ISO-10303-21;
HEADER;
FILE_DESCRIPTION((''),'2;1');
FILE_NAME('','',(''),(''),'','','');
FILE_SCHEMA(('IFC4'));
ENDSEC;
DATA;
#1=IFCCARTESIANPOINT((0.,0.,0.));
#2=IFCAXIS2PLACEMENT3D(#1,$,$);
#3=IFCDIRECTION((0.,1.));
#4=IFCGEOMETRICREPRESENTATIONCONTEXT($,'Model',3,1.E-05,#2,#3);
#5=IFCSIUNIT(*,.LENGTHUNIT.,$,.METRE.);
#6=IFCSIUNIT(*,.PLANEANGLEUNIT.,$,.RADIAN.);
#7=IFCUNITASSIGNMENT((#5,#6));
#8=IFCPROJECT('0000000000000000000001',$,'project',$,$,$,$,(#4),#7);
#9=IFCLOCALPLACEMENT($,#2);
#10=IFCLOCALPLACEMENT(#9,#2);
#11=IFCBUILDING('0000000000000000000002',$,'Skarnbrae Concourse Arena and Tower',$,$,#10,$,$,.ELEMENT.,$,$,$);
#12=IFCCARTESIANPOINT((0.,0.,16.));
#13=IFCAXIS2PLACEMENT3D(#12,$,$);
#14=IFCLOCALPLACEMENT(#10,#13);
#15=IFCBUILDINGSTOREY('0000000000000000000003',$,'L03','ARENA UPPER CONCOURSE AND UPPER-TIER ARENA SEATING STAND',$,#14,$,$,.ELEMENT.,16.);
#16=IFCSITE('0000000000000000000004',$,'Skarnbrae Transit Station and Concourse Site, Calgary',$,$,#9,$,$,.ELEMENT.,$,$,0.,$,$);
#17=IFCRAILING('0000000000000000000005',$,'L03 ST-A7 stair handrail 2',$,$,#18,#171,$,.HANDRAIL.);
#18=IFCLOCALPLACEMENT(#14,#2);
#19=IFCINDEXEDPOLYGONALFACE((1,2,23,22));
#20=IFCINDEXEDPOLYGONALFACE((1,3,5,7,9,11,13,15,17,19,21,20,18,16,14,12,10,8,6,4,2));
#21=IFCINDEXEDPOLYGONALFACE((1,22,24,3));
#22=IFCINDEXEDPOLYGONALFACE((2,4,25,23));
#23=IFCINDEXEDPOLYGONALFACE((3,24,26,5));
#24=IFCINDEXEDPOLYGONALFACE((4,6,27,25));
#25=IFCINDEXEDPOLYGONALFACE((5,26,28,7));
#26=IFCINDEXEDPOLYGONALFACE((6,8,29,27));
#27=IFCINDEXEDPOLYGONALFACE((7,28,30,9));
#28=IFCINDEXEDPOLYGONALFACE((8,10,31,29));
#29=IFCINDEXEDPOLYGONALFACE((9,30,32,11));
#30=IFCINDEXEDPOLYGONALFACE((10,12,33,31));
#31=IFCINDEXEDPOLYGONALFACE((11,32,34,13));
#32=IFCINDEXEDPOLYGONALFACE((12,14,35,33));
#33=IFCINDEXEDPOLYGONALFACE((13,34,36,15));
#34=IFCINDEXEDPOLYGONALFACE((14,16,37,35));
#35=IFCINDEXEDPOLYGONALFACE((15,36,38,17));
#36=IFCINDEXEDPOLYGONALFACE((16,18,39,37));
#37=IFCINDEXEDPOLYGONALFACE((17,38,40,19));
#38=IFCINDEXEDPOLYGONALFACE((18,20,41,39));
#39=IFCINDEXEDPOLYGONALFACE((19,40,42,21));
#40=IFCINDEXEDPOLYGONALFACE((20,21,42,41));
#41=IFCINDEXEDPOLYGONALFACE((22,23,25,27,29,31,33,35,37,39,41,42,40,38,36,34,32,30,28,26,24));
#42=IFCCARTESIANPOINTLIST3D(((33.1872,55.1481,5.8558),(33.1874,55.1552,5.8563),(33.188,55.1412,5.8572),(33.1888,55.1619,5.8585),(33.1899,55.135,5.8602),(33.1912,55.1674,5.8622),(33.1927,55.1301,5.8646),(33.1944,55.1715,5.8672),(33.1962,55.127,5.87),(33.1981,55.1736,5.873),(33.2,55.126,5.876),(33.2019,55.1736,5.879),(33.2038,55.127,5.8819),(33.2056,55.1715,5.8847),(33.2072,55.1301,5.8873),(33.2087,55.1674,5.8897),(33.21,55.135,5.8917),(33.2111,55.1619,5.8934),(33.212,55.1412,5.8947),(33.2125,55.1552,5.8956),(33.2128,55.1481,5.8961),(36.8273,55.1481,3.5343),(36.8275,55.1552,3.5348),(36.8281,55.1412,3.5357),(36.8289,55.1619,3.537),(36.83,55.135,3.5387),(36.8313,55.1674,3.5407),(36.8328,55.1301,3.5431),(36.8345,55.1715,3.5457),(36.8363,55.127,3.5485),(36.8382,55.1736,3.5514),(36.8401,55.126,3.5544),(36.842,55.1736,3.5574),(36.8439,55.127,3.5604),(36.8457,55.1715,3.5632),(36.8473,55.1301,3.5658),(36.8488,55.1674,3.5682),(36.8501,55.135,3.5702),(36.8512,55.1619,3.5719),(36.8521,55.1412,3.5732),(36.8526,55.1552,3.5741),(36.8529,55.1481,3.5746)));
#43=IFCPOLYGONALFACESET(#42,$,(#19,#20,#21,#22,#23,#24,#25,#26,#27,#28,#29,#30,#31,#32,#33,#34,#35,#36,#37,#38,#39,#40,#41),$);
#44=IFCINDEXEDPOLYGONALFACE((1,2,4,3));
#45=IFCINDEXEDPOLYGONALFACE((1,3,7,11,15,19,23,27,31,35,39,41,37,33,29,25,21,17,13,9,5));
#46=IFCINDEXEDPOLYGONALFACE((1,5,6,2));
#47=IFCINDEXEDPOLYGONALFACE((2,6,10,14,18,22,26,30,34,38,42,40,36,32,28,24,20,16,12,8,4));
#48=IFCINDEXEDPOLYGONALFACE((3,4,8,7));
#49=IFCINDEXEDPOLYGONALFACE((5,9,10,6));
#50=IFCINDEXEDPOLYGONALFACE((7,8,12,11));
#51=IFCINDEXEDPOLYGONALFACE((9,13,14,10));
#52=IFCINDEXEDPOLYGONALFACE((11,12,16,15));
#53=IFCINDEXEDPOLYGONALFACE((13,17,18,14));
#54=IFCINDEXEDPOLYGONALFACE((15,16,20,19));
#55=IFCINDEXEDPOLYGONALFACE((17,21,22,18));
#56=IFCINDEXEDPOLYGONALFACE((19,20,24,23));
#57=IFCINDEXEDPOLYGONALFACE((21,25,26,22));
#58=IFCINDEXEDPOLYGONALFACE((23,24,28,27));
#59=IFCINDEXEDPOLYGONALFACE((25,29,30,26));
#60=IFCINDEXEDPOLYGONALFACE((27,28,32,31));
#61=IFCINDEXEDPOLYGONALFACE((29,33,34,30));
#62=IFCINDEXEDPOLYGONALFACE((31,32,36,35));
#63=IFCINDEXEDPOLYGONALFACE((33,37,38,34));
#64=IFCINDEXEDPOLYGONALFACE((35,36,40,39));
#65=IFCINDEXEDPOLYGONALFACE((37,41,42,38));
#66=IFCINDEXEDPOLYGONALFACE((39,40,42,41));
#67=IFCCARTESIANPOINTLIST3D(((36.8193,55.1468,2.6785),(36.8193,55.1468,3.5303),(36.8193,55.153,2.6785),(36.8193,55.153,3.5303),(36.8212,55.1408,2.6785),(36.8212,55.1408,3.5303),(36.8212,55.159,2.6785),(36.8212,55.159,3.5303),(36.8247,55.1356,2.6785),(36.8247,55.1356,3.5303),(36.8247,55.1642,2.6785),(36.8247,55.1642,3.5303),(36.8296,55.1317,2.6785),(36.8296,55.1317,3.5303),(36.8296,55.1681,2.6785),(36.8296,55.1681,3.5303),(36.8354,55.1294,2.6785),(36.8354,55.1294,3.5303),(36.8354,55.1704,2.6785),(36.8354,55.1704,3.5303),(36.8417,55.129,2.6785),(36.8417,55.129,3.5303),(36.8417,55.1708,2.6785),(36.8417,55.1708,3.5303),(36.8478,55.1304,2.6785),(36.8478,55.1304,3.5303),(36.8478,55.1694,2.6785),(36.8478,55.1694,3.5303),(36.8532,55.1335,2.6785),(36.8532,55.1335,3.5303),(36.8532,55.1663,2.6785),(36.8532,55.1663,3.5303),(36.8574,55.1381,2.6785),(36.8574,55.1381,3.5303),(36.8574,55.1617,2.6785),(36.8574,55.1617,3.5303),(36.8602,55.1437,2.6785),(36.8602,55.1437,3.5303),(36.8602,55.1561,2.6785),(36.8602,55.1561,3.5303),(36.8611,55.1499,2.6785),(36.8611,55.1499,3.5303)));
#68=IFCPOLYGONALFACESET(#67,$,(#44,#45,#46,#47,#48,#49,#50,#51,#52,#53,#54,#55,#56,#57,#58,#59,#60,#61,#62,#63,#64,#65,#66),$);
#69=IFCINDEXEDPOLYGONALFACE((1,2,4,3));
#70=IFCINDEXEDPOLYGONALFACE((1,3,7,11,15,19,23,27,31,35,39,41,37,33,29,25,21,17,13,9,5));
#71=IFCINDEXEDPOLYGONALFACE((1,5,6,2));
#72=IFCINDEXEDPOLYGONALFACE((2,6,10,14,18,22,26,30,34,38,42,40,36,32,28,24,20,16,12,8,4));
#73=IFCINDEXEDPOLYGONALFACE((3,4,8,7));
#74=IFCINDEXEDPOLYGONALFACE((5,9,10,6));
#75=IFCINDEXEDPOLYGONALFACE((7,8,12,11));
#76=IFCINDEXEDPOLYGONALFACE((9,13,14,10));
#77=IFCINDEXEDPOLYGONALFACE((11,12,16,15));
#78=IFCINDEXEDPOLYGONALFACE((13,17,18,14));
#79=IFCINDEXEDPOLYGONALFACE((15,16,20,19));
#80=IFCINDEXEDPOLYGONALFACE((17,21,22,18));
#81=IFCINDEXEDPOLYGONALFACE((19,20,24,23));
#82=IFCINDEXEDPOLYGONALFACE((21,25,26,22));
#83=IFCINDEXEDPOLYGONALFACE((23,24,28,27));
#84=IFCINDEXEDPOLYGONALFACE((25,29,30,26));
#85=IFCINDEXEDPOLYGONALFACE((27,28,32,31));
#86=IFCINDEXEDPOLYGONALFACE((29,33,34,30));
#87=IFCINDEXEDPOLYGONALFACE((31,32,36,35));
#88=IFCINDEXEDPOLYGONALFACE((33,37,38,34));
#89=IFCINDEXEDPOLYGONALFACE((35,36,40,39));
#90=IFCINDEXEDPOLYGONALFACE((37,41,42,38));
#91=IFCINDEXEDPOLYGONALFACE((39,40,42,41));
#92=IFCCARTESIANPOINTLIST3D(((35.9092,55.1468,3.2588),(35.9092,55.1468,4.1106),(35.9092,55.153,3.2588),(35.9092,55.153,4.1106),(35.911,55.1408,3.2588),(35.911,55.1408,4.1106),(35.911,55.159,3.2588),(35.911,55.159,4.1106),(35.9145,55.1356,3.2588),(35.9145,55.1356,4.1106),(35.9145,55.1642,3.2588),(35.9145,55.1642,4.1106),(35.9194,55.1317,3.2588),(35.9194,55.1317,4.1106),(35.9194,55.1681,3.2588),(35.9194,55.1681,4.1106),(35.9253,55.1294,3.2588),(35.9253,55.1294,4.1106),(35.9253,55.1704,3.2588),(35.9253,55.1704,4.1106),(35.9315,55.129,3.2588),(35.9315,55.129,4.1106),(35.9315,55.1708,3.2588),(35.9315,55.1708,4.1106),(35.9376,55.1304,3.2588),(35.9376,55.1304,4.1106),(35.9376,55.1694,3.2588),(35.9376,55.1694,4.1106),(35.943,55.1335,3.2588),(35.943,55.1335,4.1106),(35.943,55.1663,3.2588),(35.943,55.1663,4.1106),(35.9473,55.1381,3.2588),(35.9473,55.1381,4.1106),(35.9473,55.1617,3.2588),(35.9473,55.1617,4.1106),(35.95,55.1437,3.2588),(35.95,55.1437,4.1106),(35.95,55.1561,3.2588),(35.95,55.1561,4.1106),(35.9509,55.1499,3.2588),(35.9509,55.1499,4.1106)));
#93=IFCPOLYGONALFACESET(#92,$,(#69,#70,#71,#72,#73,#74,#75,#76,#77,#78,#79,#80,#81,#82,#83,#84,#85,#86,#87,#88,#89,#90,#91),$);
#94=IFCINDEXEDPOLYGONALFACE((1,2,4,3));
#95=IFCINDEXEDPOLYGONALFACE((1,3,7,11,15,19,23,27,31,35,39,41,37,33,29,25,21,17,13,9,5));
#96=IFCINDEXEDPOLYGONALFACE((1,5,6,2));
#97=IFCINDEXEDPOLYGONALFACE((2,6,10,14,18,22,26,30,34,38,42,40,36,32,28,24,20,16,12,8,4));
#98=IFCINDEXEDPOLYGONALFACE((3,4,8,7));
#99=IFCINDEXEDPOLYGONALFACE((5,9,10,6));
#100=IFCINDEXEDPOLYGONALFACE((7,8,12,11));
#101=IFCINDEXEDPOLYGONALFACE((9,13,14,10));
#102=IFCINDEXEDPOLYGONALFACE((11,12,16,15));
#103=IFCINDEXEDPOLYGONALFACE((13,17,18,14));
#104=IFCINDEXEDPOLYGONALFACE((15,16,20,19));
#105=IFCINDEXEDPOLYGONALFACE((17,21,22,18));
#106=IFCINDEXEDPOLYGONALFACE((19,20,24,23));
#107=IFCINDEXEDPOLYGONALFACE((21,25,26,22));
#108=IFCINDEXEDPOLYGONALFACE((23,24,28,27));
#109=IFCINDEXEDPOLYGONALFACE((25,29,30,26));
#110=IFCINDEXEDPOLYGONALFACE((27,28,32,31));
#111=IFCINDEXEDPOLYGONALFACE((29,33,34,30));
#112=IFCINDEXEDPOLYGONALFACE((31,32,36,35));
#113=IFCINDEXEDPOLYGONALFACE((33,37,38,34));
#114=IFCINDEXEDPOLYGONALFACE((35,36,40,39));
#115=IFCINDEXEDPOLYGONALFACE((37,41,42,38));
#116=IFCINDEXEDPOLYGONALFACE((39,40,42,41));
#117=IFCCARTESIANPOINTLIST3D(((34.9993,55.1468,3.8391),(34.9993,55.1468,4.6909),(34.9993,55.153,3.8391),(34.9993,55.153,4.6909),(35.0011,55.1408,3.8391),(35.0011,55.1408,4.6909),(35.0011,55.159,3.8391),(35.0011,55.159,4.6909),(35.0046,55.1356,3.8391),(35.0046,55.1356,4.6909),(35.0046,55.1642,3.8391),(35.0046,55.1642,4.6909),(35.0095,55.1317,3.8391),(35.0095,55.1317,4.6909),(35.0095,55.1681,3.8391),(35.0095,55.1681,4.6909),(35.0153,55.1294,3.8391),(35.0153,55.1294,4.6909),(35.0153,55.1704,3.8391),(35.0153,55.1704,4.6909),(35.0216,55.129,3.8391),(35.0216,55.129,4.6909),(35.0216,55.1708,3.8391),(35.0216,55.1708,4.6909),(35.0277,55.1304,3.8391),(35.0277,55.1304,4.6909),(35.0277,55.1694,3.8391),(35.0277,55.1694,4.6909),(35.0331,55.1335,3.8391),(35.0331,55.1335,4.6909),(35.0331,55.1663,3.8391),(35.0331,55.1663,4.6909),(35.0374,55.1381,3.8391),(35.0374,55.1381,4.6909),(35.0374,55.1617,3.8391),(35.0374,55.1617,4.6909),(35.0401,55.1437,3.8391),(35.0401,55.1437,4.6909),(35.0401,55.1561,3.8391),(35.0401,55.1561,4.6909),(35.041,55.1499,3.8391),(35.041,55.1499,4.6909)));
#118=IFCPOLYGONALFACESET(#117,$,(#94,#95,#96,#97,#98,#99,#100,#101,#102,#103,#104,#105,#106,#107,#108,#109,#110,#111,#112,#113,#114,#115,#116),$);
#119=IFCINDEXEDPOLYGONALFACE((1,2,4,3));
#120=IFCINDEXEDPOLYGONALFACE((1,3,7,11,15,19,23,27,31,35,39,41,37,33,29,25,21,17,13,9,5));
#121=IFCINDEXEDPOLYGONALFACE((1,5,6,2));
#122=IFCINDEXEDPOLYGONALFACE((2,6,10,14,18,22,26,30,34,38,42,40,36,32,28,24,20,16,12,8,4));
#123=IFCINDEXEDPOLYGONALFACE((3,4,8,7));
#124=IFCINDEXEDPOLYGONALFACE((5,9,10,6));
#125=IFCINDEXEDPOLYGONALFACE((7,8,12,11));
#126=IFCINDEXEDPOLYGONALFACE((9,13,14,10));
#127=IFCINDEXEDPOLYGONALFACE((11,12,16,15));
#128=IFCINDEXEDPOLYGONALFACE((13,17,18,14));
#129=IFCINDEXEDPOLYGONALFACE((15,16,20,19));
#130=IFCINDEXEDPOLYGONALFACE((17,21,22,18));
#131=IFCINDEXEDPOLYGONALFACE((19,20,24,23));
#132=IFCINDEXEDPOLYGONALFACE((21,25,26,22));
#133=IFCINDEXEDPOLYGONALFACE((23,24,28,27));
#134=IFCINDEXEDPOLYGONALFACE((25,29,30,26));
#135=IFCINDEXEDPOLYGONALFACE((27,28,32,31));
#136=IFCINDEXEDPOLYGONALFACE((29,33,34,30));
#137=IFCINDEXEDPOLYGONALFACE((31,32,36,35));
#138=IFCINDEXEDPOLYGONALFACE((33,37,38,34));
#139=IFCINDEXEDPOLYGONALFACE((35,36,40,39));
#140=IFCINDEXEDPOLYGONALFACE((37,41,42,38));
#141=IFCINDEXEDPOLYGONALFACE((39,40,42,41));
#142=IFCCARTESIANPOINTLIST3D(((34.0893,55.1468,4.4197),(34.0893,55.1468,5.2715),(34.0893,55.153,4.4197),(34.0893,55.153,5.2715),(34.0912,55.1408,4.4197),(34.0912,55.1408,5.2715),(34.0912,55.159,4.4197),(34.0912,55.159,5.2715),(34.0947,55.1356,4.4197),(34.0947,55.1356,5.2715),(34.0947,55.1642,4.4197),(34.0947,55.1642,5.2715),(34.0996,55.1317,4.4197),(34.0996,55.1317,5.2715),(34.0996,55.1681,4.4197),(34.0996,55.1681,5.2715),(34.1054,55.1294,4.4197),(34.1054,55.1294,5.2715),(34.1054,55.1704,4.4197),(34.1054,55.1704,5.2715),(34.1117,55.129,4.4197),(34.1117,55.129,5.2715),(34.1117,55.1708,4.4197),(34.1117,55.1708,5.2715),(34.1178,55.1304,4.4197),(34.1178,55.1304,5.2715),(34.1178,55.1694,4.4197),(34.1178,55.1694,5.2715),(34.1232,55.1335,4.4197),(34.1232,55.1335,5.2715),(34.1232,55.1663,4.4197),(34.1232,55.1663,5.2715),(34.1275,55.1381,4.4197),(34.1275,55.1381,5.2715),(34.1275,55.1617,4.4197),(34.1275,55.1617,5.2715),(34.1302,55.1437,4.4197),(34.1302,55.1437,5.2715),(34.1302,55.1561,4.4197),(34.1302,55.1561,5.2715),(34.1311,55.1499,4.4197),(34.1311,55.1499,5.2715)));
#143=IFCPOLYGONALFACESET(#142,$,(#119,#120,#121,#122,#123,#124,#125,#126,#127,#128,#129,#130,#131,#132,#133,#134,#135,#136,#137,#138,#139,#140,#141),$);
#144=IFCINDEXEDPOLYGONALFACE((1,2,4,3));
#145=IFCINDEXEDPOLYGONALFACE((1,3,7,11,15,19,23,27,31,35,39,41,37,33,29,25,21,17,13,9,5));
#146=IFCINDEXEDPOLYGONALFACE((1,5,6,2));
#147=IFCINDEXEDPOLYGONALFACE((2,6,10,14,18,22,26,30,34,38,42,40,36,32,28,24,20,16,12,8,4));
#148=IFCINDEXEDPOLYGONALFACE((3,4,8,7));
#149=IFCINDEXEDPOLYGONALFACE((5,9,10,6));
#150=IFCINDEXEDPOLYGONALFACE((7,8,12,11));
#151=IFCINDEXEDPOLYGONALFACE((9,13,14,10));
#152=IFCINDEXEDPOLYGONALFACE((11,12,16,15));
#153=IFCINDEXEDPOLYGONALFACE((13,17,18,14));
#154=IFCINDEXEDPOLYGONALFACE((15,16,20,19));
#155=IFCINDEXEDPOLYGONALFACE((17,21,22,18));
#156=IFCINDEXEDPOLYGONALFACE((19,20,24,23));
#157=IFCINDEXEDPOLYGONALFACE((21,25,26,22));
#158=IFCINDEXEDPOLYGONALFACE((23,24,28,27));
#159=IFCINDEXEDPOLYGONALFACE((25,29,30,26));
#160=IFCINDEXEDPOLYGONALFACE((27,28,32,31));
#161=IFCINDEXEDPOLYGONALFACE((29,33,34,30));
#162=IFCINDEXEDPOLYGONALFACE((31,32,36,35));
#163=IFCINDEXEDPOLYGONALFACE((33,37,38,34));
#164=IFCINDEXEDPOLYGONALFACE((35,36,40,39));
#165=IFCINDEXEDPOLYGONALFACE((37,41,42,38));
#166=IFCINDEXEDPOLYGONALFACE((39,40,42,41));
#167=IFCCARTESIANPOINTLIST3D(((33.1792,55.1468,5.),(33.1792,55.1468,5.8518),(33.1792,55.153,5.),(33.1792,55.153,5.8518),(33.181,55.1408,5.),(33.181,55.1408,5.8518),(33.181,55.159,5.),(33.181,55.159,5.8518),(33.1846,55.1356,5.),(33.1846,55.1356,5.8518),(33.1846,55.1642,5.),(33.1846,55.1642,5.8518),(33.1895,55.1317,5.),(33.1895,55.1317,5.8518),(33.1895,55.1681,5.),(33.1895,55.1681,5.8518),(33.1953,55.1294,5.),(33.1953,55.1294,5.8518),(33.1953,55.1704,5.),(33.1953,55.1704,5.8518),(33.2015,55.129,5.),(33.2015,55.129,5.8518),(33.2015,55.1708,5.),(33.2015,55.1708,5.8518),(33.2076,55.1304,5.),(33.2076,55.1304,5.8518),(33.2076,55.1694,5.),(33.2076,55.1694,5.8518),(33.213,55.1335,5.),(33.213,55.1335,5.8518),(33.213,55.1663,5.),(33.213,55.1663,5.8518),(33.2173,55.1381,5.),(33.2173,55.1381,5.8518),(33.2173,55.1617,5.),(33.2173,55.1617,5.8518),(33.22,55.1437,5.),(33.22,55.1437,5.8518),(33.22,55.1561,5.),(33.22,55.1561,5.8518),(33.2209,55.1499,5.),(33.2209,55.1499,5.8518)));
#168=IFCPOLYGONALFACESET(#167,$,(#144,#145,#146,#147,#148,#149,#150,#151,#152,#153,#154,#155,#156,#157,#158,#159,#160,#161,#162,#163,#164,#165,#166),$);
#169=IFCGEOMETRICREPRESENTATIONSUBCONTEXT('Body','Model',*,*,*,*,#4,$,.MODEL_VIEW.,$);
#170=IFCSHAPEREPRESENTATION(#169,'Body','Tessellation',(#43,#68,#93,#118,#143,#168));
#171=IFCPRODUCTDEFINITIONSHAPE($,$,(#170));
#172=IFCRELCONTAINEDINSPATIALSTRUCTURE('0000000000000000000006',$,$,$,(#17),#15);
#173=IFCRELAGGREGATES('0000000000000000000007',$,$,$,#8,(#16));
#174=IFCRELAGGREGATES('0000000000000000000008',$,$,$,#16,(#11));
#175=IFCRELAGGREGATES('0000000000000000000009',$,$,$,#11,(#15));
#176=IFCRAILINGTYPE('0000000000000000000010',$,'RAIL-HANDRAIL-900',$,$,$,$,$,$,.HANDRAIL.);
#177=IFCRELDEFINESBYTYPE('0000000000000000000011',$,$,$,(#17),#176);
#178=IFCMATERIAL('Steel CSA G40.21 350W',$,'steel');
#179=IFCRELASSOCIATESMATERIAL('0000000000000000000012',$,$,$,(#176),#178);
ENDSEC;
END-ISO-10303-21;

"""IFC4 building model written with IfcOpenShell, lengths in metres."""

from ifc_helpers import new_model, si_unit, direction, frame, origin, origin_2d, place, context, subcontext, project, spatial, circle, extrude, material, type_object, element, save


model = new_model("IFC4")

# Units and contexts
model_context = context("Model", 3, precision=1e-05, world=origin(), true_north=direction((0.0, 1.0)))
body_context = subcontext(model_context, "Body", "Model", "MODEL_VIEW")
ifc_project = project(units=[si_unit("LENGTHUNIT", "METRE"), si_unit("PLANEANGLEUNIT", "RADIAN")], contexts=[model_context])

# Site, building, storey
site_placement = place(None, origin())
site = spatial("IfcSite", under=ifc_project, at=site_placement, Name="Skarnbrae Transit Station and Concourse Site, Calgary", CompositionType="ELEMENT", RefElevation=0.0)
building_placement = place(site_placement, origin())
building = spatial("IfcBuilding", under=site, at=building_placement, Name="Skarnbrae Concourse Arena and Tower", CompositionType="ELEMENT")
storey_placement = place(building_placement, frame((0.0, 0.0, 16.0)))
storey = spatial("IfcBuildingStorey", under=building, at=storey_placement, Name="L03", Description="ARENA UPPER CONCOURSE AND UPPER-TIER ARENA SEATING STAND", CompositionType="ELEMENT", Elevation=16.0)

# Shared definitions
ifc_material_1 = material(Name="Steel CSA G40.21 350W", Category="steel")

# Railing
railing_type_1 = type_object("IfcRailingType", Name="RAIL-HANDRAIL-900", PredefinedType="HANDRAIL", material=ifc_material_1)
railing_1_placement = place(storey_placement, frame((36.8401, 55.1499, 2.6785)))
element("IfcRailing", 1, at=railing_1_placement, inside=storey, type_object=railing_type_1, Name="L03 ST-A7 stair handrail 2", PredefinedType="HANDRAIL", context=body_context, shape_type="SweptSolid", body=[
    extrude(circle(Radius=0.0239, at=origin_2d()), frame((0.0, 0.0, 0.876), z_axis=(-0.843128, 0.0, 0.537713), x_axis=(0.0, -1.0, 0.0)), (0.0, 0.0, 1.0), 4.3174),
    extrude(circle(Radius=0.021, at=origin_2d()), origin(), (0.0, 0.0, 1.0), 0.8518),
    extrude(circle(Radius=0.021, at=origin_2d()), frame((-0.9102, 0.0, 0.5803)), (0.0, 0.0, 1.0), 0.8518),
    extrude(circle(Radius=0.021, at=origin_2d()), frame((-1.8201, 0.0, 1.1606)), (0.0, 0.0, 1.0), 0.8518),
    extrude(circle(Radius=0.021, at=origin_2d()), frame((-2.73, 0.0, 1.7412)), (0.0, 0.0, 1.0), 0.8518),
    extrude(circle(Radius=0.021, at=origin_2d()), frame((-3.6401, 0.0, 2.3215)), (0.0, 0.0, 1.0), 0.8518),
])

save(model, "model.ifc")
